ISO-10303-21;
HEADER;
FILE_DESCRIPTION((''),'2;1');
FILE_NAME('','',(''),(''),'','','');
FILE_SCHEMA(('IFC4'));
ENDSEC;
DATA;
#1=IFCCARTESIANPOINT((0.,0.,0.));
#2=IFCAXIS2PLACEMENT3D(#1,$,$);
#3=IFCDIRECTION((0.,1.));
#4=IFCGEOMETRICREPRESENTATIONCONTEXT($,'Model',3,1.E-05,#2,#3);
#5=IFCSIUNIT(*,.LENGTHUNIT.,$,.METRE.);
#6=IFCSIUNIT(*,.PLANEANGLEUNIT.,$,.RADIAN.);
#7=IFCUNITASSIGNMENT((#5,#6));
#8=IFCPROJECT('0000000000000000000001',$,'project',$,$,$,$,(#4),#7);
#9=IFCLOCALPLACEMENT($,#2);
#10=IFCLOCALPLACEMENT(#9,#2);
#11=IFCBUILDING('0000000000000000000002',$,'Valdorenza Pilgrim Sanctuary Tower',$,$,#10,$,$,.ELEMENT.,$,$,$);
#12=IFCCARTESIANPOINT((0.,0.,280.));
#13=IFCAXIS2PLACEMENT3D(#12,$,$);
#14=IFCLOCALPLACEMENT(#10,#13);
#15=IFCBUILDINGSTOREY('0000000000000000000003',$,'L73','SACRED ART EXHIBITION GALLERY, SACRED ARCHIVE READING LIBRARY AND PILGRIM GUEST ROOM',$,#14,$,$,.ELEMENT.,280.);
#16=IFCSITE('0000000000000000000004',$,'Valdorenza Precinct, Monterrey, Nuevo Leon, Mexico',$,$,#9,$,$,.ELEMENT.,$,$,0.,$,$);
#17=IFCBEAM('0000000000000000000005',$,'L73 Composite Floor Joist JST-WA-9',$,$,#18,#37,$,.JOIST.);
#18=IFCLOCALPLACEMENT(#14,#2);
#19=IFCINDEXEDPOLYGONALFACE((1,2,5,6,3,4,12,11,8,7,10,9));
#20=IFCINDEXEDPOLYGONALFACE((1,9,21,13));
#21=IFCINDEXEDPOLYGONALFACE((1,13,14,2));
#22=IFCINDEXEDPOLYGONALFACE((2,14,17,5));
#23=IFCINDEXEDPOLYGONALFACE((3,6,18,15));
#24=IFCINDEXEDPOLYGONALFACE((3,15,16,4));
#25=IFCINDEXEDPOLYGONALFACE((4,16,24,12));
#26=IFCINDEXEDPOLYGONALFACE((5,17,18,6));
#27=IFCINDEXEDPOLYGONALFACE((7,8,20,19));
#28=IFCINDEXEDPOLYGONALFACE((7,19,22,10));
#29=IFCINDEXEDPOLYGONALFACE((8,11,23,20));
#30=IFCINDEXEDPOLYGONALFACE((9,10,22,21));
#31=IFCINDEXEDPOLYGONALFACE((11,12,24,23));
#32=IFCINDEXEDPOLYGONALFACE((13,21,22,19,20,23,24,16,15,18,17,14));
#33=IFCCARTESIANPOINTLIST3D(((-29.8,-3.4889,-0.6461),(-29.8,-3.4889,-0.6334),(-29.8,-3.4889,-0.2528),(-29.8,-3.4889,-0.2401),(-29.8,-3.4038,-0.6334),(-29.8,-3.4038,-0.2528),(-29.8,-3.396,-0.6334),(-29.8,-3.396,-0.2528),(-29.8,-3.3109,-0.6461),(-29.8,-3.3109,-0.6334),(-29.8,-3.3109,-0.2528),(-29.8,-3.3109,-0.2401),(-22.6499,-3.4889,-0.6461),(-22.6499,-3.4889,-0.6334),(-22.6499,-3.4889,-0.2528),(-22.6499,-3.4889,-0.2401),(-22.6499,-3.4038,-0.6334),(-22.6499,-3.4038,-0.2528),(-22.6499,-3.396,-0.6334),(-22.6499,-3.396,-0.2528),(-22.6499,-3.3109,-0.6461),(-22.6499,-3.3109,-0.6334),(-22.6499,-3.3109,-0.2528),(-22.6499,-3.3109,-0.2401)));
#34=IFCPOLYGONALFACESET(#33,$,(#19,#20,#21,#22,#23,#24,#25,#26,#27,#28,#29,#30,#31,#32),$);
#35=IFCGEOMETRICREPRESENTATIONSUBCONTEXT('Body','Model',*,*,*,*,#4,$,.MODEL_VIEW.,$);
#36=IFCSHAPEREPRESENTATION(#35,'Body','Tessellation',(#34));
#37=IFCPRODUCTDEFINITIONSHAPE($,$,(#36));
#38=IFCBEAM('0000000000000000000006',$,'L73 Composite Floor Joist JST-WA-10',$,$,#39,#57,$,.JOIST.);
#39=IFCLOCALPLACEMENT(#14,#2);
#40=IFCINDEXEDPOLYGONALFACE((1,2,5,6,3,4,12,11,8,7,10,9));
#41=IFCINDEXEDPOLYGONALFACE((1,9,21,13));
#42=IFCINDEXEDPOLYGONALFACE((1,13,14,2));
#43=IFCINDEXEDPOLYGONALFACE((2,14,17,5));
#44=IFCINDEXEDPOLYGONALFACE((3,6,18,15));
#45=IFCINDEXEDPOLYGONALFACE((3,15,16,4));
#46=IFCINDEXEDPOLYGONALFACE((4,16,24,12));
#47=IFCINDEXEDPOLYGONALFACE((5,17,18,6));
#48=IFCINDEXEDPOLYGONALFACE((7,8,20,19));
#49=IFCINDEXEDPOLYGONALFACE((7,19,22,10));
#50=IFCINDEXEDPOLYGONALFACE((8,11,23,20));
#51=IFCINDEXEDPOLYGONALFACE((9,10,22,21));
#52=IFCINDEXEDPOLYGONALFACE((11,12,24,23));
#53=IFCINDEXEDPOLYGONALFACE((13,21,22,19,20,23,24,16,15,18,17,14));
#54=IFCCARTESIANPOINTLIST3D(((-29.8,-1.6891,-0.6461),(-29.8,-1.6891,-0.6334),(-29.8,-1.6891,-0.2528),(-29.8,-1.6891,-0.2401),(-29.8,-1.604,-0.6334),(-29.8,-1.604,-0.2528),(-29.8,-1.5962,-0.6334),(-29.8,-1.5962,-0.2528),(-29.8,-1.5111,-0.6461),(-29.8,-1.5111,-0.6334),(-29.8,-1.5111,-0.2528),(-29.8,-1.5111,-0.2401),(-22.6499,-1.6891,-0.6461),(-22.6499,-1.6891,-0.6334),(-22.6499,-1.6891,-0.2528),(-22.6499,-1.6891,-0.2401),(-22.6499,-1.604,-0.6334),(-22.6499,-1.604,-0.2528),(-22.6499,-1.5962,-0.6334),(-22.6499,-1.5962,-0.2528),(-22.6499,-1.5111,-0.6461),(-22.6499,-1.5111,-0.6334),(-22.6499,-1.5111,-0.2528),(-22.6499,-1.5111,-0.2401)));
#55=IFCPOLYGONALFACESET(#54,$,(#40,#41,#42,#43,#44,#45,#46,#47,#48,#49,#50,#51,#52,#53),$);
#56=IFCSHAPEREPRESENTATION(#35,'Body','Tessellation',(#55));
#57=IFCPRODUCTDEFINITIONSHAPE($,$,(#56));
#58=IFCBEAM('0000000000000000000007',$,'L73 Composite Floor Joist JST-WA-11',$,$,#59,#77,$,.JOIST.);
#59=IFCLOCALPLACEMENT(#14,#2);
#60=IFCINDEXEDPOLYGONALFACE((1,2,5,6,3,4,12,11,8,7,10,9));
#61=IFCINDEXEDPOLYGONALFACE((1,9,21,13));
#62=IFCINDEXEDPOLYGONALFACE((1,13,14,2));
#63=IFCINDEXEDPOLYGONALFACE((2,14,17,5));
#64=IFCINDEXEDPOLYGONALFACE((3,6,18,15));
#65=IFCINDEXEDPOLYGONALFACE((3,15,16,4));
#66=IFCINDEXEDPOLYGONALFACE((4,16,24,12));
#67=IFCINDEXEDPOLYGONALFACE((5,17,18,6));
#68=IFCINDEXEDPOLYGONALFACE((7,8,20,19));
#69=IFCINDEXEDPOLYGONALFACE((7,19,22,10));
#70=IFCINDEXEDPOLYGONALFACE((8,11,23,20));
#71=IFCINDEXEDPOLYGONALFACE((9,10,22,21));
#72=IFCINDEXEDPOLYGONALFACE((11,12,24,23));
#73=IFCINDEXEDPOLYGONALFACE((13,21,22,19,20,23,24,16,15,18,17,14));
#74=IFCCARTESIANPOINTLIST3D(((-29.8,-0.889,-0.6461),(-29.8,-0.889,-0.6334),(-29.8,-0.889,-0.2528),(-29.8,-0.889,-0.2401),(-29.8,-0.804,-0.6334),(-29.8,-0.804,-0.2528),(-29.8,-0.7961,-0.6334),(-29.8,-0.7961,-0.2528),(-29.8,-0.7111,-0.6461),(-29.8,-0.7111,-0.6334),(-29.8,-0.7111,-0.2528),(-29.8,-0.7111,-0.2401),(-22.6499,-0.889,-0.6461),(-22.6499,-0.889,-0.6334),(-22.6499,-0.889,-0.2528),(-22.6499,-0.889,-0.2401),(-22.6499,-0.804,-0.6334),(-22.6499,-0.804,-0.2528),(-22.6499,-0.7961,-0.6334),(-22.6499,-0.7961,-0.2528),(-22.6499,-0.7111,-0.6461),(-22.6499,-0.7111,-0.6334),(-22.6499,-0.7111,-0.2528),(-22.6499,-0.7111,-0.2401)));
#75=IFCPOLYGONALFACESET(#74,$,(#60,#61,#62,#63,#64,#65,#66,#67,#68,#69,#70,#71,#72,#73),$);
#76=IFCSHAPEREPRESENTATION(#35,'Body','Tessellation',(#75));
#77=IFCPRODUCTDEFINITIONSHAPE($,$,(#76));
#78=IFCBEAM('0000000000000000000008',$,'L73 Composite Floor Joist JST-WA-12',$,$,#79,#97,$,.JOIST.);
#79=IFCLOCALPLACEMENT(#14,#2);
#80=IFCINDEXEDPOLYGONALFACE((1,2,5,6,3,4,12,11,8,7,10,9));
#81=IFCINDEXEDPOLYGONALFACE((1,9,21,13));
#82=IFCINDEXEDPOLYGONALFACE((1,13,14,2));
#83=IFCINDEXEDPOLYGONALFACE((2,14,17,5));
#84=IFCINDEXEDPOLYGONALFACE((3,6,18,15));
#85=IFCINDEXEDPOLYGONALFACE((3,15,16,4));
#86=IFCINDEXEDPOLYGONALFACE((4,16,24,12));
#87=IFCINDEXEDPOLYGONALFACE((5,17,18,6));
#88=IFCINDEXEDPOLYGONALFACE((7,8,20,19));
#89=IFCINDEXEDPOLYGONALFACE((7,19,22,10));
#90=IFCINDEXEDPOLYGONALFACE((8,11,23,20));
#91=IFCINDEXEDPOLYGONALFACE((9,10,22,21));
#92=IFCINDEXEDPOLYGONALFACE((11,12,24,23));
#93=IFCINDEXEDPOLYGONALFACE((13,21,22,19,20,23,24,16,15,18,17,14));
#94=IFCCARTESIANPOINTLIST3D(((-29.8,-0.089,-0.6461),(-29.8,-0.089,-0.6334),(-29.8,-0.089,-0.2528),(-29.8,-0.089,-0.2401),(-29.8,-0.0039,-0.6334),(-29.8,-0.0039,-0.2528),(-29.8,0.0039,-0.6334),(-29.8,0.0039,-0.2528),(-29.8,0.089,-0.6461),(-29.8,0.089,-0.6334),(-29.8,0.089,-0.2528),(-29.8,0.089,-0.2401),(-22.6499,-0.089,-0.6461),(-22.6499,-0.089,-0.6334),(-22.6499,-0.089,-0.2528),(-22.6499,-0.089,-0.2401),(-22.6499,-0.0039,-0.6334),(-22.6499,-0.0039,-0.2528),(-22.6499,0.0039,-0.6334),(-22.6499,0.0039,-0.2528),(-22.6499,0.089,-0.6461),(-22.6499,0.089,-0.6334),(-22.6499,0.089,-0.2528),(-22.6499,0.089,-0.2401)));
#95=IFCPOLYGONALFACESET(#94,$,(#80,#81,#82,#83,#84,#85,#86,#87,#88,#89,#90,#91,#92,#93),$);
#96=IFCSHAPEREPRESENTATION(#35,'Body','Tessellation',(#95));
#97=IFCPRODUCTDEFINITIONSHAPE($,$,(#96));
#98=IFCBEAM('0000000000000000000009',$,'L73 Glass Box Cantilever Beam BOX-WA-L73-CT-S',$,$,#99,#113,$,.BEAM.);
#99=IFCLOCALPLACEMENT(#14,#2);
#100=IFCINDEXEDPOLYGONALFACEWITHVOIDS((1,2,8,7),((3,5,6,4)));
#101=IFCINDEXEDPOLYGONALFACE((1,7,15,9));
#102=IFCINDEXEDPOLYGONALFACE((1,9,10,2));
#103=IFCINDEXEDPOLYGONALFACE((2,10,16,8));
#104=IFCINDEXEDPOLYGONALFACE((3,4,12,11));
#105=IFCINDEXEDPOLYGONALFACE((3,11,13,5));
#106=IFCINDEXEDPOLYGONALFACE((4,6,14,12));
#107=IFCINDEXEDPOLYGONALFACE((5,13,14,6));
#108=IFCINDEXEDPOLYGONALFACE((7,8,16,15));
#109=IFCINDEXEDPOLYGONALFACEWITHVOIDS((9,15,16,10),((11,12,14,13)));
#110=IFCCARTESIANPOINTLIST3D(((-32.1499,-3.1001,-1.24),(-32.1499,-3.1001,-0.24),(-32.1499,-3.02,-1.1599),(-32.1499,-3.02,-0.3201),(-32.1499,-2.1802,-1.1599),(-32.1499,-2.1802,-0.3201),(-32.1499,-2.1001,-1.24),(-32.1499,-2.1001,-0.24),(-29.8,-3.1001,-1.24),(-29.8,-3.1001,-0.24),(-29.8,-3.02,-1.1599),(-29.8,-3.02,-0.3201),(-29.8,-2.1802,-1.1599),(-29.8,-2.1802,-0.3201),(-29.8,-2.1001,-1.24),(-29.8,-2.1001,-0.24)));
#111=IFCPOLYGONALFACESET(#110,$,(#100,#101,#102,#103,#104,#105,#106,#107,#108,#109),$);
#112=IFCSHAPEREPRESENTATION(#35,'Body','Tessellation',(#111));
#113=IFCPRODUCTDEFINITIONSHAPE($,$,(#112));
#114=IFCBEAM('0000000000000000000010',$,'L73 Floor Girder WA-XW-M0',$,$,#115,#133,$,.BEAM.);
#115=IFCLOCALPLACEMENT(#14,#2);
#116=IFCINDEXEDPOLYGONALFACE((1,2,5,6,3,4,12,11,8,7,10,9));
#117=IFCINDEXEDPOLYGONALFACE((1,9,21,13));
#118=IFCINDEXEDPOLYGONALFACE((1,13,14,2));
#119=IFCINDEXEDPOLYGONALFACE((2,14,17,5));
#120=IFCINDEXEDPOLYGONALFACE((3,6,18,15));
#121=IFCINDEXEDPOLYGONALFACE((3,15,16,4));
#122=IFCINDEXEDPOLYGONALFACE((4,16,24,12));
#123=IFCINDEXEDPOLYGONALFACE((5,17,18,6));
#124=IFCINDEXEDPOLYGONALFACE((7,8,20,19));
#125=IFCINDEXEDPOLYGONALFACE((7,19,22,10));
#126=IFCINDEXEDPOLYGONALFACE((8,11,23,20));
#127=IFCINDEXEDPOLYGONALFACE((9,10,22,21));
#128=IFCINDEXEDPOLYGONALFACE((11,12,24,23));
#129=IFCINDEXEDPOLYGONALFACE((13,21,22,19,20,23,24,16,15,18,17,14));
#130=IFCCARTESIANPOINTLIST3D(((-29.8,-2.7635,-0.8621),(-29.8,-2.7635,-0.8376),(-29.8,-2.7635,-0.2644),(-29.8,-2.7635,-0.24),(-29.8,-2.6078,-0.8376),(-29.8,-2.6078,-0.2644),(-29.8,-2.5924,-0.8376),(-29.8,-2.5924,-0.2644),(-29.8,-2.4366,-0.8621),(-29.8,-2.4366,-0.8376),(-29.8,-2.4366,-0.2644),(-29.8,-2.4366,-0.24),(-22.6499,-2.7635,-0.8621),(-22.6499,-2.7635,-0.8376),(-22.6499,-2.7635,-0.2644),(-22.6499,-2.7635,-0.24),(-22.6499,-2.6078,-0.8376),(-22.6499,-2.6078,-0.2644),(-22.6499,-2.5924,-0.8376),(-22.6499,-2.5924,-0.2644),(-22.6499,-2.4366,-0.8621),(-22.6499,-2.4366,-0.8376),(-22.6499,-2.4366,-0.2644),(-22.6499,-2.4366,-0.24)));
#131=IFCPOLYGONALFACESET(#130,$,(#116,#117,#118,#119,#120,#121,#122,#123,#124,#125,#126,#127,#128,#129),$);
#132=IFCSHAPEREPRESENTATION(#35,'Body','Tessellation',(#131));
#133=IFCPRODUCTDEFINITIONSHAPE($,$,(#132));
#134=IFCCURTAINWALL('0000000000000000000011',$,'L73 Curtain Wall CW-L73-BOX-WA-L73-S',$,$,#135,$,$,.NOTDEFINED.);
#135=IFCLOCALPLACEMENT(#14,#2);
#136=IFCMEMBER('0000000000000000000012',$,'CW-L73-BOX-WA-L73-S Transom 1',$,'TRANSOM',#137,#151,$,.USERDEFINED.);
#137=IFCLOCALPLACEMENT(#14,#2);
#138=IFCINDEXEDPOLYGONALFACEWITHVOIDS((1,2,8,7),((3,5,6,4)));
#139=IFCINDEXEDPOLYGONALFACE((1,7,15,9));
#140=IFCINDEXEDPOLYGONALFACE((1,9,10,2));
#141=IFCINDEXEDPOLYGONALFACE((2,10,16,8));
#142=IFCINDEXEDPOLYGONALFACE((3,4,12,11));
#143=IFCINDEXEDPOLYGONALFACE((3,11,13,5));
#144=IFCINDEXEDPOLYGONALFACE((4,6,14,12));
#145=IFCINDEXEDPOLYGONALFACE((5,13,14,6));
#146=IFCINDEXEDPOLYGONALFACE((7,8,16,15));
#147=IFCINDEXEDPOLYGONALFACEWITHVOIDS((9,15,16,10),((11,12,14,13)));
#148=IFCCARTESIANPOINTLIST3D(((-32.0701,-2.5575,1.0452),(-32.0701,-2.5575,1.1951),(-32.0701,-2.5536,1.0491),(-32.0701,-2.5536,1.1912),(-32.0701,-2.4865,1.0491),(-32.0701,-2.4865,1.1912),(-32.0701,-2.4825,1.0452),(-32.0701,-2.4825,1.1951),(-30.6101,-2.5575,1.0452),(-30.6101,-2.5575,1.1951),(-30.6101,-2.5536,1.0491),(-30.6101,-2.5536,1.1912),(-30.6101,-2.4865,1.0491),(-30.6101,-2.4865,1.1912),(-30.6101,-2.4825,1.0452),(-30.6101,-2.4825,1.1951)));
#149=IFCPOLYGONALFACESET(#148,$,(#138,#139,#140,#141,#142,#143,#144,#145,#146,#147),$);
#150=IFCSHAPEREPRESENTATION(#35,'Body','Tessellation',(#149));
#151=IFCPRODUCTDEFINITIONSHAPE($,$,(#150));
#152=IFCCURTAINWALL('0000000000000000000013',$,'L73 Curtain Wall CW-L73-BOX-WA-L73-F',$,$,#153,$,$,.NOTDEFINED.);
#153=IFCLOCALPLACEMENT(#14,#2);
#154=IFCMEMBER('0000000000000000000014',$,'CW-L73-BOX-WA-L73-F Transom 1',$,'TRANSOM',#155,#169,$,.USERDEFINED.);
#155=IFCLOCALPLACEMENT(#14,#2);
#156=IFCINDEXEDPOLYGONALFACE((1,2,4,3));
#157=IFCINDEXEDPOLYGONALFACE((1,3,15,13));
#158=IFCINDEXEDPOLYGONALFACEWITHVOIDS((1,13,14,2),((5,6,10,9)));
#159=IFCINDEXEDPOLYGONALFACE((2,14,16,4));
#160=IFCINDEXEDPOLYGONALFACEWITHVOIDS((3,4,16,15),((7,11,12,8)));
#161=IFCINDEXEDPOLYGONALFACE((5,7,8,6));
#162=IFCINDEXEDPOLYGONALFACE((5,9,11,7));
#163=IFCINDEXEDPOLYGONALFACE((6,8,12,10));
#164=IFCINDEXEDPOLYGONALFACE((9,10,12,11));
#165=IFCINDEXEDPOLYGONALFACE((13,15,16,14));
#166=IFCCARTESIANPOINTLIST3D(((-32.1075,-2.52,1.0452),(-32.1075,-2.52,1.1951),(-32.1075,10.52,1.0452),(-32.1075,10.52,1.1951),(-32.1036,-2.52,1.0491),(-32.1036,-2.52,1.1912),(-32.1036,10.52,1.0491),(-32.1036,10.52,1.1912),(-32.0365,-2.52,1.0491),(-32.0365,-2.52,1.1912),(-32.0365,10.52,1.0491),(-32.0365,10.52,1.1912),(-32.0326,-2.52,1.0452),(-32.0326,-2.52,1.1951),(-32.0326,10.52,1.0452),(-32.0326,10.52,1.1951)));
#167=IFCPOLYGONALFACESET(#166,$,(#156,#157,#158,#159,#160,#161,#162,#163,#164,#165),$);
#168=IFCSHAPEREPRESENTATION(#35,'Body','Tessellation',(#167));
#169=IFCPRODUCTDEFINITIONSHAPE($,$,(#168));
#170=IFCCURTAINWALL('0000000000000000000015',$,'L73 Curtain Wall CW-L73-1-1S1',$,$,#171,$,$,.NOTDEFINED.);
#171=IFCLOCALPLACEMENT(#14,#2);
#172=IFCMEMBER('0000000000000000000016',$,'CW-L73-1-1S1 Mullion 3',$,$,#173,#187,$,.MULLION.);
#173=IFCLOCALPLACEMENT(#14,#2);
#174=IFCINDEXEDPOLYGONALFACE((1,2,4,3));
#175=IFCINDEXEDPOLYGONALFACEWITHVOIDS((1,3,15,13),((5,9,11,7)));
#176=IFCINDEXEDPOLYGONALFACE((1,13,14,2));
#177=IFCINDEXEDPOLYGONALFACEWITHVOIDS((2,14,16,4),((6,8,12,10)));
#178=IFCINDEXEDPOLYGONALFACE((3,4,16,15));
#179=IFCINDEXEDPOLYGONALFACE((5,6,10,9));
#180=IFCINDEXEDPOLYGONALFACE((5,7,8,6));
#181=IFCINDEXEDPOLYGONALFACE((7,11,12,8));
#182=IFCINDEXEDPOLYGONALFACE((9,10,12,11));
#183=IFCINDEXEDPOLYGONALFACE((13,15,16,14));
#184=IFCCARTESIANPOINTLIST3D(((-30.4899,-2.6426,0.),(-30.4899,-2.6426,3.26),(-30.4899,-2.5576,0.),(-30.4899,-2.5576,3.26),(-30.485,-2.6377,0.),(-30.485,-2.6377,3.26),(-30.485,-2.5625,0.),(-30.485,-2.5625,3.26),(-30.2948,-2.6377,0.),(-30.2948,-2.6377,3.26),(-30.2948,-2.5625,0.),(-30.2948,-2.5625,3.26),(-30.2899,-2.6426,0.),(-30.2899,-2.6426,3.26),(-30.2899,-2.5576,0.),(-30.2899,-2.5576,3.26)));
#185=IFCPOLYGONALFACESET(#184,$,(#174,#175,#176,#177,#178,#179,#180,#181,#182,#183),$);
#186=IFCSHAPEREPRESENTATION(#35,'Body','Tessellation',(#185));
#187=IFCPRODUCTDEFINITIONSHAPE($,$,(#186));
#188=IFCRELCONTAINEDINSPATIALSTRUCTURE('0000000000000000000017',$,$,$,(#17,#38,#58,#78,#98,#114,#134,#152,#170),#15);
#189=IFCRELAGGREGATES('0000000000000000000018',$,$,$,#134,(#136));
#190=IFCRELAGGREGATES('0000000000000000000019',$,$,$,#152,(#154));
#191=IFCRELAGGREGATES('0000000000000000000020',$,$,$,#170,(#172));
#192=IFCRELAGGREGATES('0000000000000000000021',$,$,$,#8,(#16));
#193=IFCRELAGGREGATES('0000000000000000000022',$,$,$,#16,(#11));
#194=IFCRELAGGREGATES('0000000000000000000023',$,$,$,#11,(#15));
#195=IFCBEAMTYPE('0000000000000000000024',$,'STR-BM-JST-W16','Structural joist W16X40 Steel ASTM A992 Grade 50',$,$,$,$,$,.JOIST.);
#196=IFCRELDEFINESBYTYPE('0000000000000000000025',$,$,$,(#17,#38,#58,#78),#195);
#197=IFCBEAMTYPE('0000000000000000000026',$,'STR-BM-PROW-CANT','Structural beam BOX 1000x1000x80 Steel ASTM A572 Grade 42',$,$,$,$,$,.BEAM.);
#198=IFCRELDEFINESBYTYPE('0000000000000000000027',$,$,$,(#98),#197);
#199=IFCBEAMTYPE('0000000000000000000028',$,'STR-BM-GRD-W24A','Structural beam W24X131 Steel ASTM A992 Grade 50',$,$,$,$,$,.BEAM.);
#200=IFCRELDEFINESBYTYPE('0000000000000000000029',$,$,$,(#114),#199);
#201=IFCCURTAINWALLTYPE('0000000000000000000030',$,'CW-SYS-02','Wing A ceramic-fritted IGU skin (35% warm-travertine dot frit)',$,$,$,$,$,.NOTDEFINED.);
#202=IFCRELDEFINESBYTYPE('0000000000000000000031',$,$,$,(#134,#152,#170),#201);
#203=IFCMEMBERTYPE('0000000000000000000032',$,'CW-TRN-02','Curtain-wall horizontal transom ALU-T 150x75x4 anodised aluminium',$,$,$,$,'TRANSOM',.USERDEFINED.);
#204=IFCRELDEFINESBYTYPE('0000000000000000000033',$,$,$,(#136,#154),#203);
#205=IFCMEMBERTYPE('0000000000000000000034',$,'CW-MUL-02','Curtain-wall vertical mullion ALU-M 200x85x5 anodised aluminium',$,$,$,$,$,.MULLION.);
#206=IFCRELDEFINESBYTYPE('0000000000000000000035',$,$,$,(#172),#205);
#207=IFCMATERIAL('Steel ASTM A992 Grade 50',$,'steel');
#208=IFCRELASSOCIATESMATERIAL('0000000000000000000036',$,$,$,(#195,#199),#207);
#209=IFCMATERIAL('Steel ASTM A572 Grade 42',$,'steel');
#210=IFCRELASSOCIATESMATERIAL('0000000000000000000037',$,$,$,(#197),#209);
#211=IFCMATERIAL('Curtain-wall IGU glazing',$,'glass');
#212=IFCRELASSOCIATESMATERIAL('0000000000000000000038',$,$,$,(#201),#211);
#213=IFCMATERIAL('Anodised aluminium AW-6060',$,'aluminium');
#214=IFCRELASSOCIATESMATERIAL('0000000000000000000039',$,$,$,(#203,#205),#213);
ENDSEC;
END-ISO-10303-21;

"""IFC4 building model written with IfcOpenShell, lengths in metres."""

from ifc_helpers import new_model, si_unit, direction, frame, origin, origin_2d, place, context, subcontext, project, spatial, hollow_rectangle, i_section, extrude, source, transform, mapped, material, material_profile, profile_set, type_object, element, aggregate, save


model = new_model("IFC4")

# Units and contexts
model_context = context("Model", 3, precision=1e-05, world=origin(), true_north=direction((0.0, 1.0)))
body_context = subcontext(model_context, "Body", "Model", "MODEL_VIEW")
ifc_project = project(units=[si_unit("LENGTHUNIT", "METRE"), si_unit("PLANEANGLEUNIT", "RADIAN")], contexts=[model_context])

# Site, building, storey
site_placement = place(None, origin())
site = spatial("IfcSite", under=ifc_project, at=site_placement, Name="Valdorenza Precinct, Monterrey, Nuevo Leon, Mexico", CompositionType="ELEMENT", RefElevation=0.0)
building_placement = place(site_placement, origin())
building = spatial("IfcBuilding", under=site, at=building_placement, Name="Valdorenza Pilgrim Sanctuary Tower", CompositionType="ELEMENT")
storey_placement = place(building_placement, frame((0.0, 0.0, 280.0)))
storey = spatial("IfcBuildingStorey", under=building, at=storey_placement, Name="L73", Description="SACRED ART EXHIBITION GALLERY, SACRED ARCHIVE READING LIBRARY AND PILGRIM GUEST ROOM", CompositionType="ELEMENT", Elevation=280.0)

# Beams
ifc_material_1 = material(Name="Steel ASTM A992 Grade 50", Category="steel")
ifc_material_profile_1 = material_profile(ifc_material_1, i_section(OverallWidth=0.178, OverallDepth=0.406, WebThickness=0.0078, FlangeThickness=0.0127, at=origin_2d()), Name="W16X40")
ifc_profile_set_1 = profile_set([ifc_material_profile_1], Name="Steel ASTM A992 Grade 50")
beam_type_1 = type_object("IfcBeamType", Name="STR-BM-JST-W16", Description="Structural joist W16X40 Steel ASTM A992 Grade 50", PredefinedType="JOIST", material=ifc_profile_set_1)
shared_shape_1 = source(origin(), body_context, "Body", "SweptSolid", [
    extrude(i_section(OverallWidth=0.178, OverallDepth=0.406, WebThickness=0.0078, FlangeThickness=0.0127, at=origin_2d()), origin(), (0.0, 0.0, 1.0), 7.1501),
])
for number, where, z_axis, x_axis, name in (
    (1, (-29.8, -3.3999, -0.4431), (1.0, 0.0, 0.0), (0.0, 1.0, 0.0), "L73 Composite Floor Joist JST-WA-9"),
    (2, (-29.8, -1.6001, -0.4431), (1.0, 0.0, 0.0), (0.0, 1.0, 0.0), "L73 Composite Floor Joist JST-WA-10"),
    (3, (-29.8, -0.8, -0.4431), (1.0, 0.0, 0.0), (0.0, 1.0, 0.0), "L73 Composite Floor Joist JST-WA-11"),
    (4, (-29.8, 0.0, -0.4431), (1.0, 0.0, 0.0), (0.0, 1.0, 0.0), "L73 Composite Floor Joist JST-WA-12"),
):
    element("IfcBeam", number, at=place(storey_placement, frame(where, z_axis=z_axis, x_axis=x_axis)), inside=storey, type_object=beam_type_1, Name=name, PredefinedType="JOIST", context=body_context, shape_type="MappedRepresentation", body=[
        mapped(shared_shape_1, transform((0.0, 0.0, 0.0), x_axis=(1.0, 0.0, 0.0), y_axis=(0.0, 1.0, 0.0), z_axis=(0.0, 0.0, 1.0), scale=1.0)),
    ])
ifc_material_2 = material(Name="Steel ASTM A572 Grade 42", Category="steel")
ifc_material_profile_2 = material_profile(ifc_material_2, hollow_rectangle(XDim=1.0, YDim=1.0, WallThickness=0.0801, at=origin_2d()), Name="BOX 1000x1000x80")
ifc_profile_set_2 = profile_set([ifc_material_profile_2], Name="Steel ASTM A572 Grade 42")
beam_type_2 = type_object("IfcBeamType", Name="STR-BM-PROW-CANT", Description="Structural beam BOX 1000x1000x80 Steel ASTM A572 Grade 42", PredefinedType="BEAM", material=ifc_profile_set_2)
shared_shape_2 = source(origin(), body_context, "Body", "SweptSolid", [
    extrude(hollow_rectangle(XDim=1.0, YDim=1.0, WallThickness=0.0801, at=origin_2d()), origin(), (0.0, 0.0, 1.0), 2.3499),
])
beam_1_placement = place(storey_placement, frame((-29.8, -2.6001, -0.74), z_axis=(-1.0, 0.0, 0.0), x_axis=(0.0, -1.0, 0.0)))
element("IfcBeam", 5, at=beam_1_placement, inside=storey, type_object=beam_type_2, Name="L73 Glass Box Cantilever Beam BOX-WA-L73-CT-S", PredefinedType="BEAM", context=body_context, shape_type="MappedRepresentation", body=[
    mapped(shared_shape_2, transform((0.0, 0.0, 0.0), x_axis=(1.0, 0.0, 0.0), y_axis=(0.0, 1.0, 0.0), z_axis=(0.0, 0.0, 1.0), scale=1.0)),
])
ifc_material_profile_3 = material_profile(ifc_material_1, i_section(OverallWidth=0.3269, OverallDepth=0.6221, WebThickness=0.0154, FlangeThickness=0.0244, at=origin_2d()), Name="W24X131")
ifc_profile_set_3 = profile_set([ifc_material_profile_3], Name="Steel ASTM A992 Grade 50")
beam_type_3 = type_object("IfcBeamType", Name="STR-BM-GRD-W24A", Description="Structural beam W24X131 Steel ASTM A992 Grade 50", PredefinedType="BEAM", material=ifc_profile_set_3)
shared_shape_3 = source(origin(), body_context, "Body", "SweptSolid", [
    extrude(i_section(OverallWidth=0.3269, OverallDepth=0.6221, WebThickness=0.0154, FlangeThickness=0.0244, at=origin_2d()), origin(), (0.0, 0.0, 1.0), 7.1501),
])
beam_2_placement = place(storey_placement, frame((-29.8, -2.6001, -0.551), z_axis=(1.0, 0.0, 0.0), x_axis=(0.0, 1.0, 0.0)))
element("IfcBeam", 6, at=beam_2_placement, inside=storey, type_object=beam_type_3, Name="L73 Floor Girder WA-XW-M0", PredefinedType="BEAM", context=body_context, shape_type="MappedRepresentation", body=[
    mapped(shared_shape_3, transform((0.0, 0.0, 0.0), x_axis=(1.0, 0.0, 0.0), y_axis=(0.0, 1.0, 0.0), z_axis=(0.0, 0.0, 1.0), scale=1.0)),
])

# Curtain walls, members
ifc_material_3 = material(Name="Curtain-wall IGU glazing", Category="glass")
curtain_wall_type = type_object("IfcCurtainWallType", Name="CW-SYS-02", Description="Wing A ceramic-fritted IGU skin (35% warm-travertine dot frit)", PredefinedType="NOTDEFINED", material=ifc_material_3)
curtain_wall_1_placement = place(storey_placement, origin())
curtain_wall_1 = element("IfcCurtainWall", 7, at=curtain_wall_1_placement, inside=storey, type_object=curtain_wall_type, Name="L73 Curtain Wall CW-L73-BOX-WA-L73-S", PredefinedType="NOTDEFINED")
ifc_material_4 = material(Name="Anodised aluminium AW-6060", Category="aluminium")
ifc_material_profile_4 = material_profile(ifc_material_4, hollow_rectangle(XDim=0.075, YDim=0.1499, WallThickness=0.0039, at=origin_2d()), Name="ALU-T 150x75x4")
ifc_profile_set_4 = profile_set([ifc_material_profile_4], Name="Anodised aluminium AW-6060")
member_type_1 = type_object("IfcMemberType", Name="CW-TRN-02", Description="Curtain-wall horizontal transom ALU-T 150x75x4 anodised aluminium", ElementType="TRANSOM", PredefinedType="USERDEFINED", material=ifc_profile_set_4)
shared_shape_4 = source(origin(), body_context, "Body", "SweptSolid", [
    extrude(hollow_rectangle(XDim=0.075, YDim=0.1499, WallThickness=0.0039, at=origin_2d()), origin(), (0.0, 0.0, 1.0), 1.46),
])
member_1_placement = place(storey_placement, frame((-30.6101, -2.52, 1.1201), z_axis=(-1.0, 0.0, 0.0), x_axis=(0.0, -1.0, 0.0)))
member_1 = element("IfcMember", 8, at=member_1_placement, type_object=member_type_1, Name="CW-L73-BOX-WA-L73-S Transom 1", ObjectType="TRANSOM", PredefinedType="USERDEFINED", context=body_context, shape_type="MappedRepresentation", body=[
    mapped(shared_shape_4, transform((0.0, 0.0, 0.0), x_axis=(1.0, 0.0, 0.0), y_axis=(0.0, 1.0, 0.0), z_axis=(0.0, 0.0, 1.0), scale=1.0)),
])
curtain_wall_2_placement = place(storey_placement, origin())
curtain_wall_2 = element("IfcCurtainWall", 9, at=curtain_wall_2_placement, inside=storey, type_object=curtain_wall_type, Name="L73 Curtain Wall CW-L73-BOX-WA-L73-F", PredefinedType="NOTDEFINED")
shared_shape_5 = source(origin(), body_context, "Body", "SweptSolid", [
    extrude(hollow_rectangle(XDim=0.075, YDim=0.1499, WallThickness=0.0039, at=origin_2d()), origin(), (0.0, 0.0, 1.0), 13.04),
])
member_2_placement = place(storey_placement, frame((-32.0701, -2.52, 1.1201), z_axis=(0.0, 1.0, 0.0), x_axis=(-1.0, 0.0, 0.0)))
member_2 = element("IfcMember", 10, at=member_2_placement, type_object=member_type_1, Name="CW-L73-BOX-WA-L73-F Transom 1", ObjectType="TRANSOM", PredefinedType="USERDEFINED", context=body_context, shape_type="MappedRepresentation", body=[
    mapped(shared_shape_5, transform((0.0, 0.0, 0.0), x_axis=(1.0, 0.0, 0.0), y_axis=(0.0, 1.0, 0.0), z_axis=(0.0, 0.0, 1.0), scale=1.0)),
])
curtain_wall_3_placement = place(storey_placement, origin())
curtain_wall_3 = element("IfcCurtainWall", 11, at=curtain_wall_3_placement, inside=storey, type_object=curtain_wall_type, Name="L73 Curtain Wall CW-L73-1-1S1", PredefinedType="NOTDEFINED")
ifc_material_profile_5 = material_profile(ifc_material_4, hollow_rectangle(XDim=0.085, YDim=0.2, WallThickness=0.0049, at=origin_2d()), Name="ALU-M 200x85x5")
ifc_profile_set_5 = profile_set([ifc_material_profile_5], Name="Anodised aluminium AW-6060")
member_type_2 = type_object("IfcMemberType", Name="CW-MUL-02", Description="Curtain-wall vertical mullion ALU-M 200x85x5 anodised aluminium", PredefinedType="MULLION", material=ifc_profile_set_5)
shared_shape_6 = source(origin(), body_context, "Body", "SweptSolid", [
    extrude(hollow_rectangle(XDim=0.085, YDim=0.2, WallThickness=0.0049, at=origin_2d()), origin(), (0.0, 0.0, 1.0), 3.26),
])
member_3_placement = place(storey_placement, frame((-30.3899, -2.6001, 0.0), z_axis=(0.0, 0.0, 1.0), x_axis=(0.0, 1.0, 0.0)))
member_3 = element("IfcMember", 12, at=member_3_placement, type_object=member_type_2, Name="CW-L73-1-1S1 Mullion 3", PredefinedType="MULLION", context=body_context, shape_type="MappedRepresentation", body=[
    mapped(shared_shape_6, transform((0.0, 0.0, 0.0), x_axis=(1.0, 0.0, 0.0), y_axis=(0.0, 1.0, 0.0), z_axis=(0.0, 0.0, 1.0), scale=1.0)),
])

aggregate(curtain_wall_1, [member_1])
aggregate(curtain_wall_2, [member_2])
aggregate(curtain_wall_3, [member_3])

save(model, "model.ifc")
